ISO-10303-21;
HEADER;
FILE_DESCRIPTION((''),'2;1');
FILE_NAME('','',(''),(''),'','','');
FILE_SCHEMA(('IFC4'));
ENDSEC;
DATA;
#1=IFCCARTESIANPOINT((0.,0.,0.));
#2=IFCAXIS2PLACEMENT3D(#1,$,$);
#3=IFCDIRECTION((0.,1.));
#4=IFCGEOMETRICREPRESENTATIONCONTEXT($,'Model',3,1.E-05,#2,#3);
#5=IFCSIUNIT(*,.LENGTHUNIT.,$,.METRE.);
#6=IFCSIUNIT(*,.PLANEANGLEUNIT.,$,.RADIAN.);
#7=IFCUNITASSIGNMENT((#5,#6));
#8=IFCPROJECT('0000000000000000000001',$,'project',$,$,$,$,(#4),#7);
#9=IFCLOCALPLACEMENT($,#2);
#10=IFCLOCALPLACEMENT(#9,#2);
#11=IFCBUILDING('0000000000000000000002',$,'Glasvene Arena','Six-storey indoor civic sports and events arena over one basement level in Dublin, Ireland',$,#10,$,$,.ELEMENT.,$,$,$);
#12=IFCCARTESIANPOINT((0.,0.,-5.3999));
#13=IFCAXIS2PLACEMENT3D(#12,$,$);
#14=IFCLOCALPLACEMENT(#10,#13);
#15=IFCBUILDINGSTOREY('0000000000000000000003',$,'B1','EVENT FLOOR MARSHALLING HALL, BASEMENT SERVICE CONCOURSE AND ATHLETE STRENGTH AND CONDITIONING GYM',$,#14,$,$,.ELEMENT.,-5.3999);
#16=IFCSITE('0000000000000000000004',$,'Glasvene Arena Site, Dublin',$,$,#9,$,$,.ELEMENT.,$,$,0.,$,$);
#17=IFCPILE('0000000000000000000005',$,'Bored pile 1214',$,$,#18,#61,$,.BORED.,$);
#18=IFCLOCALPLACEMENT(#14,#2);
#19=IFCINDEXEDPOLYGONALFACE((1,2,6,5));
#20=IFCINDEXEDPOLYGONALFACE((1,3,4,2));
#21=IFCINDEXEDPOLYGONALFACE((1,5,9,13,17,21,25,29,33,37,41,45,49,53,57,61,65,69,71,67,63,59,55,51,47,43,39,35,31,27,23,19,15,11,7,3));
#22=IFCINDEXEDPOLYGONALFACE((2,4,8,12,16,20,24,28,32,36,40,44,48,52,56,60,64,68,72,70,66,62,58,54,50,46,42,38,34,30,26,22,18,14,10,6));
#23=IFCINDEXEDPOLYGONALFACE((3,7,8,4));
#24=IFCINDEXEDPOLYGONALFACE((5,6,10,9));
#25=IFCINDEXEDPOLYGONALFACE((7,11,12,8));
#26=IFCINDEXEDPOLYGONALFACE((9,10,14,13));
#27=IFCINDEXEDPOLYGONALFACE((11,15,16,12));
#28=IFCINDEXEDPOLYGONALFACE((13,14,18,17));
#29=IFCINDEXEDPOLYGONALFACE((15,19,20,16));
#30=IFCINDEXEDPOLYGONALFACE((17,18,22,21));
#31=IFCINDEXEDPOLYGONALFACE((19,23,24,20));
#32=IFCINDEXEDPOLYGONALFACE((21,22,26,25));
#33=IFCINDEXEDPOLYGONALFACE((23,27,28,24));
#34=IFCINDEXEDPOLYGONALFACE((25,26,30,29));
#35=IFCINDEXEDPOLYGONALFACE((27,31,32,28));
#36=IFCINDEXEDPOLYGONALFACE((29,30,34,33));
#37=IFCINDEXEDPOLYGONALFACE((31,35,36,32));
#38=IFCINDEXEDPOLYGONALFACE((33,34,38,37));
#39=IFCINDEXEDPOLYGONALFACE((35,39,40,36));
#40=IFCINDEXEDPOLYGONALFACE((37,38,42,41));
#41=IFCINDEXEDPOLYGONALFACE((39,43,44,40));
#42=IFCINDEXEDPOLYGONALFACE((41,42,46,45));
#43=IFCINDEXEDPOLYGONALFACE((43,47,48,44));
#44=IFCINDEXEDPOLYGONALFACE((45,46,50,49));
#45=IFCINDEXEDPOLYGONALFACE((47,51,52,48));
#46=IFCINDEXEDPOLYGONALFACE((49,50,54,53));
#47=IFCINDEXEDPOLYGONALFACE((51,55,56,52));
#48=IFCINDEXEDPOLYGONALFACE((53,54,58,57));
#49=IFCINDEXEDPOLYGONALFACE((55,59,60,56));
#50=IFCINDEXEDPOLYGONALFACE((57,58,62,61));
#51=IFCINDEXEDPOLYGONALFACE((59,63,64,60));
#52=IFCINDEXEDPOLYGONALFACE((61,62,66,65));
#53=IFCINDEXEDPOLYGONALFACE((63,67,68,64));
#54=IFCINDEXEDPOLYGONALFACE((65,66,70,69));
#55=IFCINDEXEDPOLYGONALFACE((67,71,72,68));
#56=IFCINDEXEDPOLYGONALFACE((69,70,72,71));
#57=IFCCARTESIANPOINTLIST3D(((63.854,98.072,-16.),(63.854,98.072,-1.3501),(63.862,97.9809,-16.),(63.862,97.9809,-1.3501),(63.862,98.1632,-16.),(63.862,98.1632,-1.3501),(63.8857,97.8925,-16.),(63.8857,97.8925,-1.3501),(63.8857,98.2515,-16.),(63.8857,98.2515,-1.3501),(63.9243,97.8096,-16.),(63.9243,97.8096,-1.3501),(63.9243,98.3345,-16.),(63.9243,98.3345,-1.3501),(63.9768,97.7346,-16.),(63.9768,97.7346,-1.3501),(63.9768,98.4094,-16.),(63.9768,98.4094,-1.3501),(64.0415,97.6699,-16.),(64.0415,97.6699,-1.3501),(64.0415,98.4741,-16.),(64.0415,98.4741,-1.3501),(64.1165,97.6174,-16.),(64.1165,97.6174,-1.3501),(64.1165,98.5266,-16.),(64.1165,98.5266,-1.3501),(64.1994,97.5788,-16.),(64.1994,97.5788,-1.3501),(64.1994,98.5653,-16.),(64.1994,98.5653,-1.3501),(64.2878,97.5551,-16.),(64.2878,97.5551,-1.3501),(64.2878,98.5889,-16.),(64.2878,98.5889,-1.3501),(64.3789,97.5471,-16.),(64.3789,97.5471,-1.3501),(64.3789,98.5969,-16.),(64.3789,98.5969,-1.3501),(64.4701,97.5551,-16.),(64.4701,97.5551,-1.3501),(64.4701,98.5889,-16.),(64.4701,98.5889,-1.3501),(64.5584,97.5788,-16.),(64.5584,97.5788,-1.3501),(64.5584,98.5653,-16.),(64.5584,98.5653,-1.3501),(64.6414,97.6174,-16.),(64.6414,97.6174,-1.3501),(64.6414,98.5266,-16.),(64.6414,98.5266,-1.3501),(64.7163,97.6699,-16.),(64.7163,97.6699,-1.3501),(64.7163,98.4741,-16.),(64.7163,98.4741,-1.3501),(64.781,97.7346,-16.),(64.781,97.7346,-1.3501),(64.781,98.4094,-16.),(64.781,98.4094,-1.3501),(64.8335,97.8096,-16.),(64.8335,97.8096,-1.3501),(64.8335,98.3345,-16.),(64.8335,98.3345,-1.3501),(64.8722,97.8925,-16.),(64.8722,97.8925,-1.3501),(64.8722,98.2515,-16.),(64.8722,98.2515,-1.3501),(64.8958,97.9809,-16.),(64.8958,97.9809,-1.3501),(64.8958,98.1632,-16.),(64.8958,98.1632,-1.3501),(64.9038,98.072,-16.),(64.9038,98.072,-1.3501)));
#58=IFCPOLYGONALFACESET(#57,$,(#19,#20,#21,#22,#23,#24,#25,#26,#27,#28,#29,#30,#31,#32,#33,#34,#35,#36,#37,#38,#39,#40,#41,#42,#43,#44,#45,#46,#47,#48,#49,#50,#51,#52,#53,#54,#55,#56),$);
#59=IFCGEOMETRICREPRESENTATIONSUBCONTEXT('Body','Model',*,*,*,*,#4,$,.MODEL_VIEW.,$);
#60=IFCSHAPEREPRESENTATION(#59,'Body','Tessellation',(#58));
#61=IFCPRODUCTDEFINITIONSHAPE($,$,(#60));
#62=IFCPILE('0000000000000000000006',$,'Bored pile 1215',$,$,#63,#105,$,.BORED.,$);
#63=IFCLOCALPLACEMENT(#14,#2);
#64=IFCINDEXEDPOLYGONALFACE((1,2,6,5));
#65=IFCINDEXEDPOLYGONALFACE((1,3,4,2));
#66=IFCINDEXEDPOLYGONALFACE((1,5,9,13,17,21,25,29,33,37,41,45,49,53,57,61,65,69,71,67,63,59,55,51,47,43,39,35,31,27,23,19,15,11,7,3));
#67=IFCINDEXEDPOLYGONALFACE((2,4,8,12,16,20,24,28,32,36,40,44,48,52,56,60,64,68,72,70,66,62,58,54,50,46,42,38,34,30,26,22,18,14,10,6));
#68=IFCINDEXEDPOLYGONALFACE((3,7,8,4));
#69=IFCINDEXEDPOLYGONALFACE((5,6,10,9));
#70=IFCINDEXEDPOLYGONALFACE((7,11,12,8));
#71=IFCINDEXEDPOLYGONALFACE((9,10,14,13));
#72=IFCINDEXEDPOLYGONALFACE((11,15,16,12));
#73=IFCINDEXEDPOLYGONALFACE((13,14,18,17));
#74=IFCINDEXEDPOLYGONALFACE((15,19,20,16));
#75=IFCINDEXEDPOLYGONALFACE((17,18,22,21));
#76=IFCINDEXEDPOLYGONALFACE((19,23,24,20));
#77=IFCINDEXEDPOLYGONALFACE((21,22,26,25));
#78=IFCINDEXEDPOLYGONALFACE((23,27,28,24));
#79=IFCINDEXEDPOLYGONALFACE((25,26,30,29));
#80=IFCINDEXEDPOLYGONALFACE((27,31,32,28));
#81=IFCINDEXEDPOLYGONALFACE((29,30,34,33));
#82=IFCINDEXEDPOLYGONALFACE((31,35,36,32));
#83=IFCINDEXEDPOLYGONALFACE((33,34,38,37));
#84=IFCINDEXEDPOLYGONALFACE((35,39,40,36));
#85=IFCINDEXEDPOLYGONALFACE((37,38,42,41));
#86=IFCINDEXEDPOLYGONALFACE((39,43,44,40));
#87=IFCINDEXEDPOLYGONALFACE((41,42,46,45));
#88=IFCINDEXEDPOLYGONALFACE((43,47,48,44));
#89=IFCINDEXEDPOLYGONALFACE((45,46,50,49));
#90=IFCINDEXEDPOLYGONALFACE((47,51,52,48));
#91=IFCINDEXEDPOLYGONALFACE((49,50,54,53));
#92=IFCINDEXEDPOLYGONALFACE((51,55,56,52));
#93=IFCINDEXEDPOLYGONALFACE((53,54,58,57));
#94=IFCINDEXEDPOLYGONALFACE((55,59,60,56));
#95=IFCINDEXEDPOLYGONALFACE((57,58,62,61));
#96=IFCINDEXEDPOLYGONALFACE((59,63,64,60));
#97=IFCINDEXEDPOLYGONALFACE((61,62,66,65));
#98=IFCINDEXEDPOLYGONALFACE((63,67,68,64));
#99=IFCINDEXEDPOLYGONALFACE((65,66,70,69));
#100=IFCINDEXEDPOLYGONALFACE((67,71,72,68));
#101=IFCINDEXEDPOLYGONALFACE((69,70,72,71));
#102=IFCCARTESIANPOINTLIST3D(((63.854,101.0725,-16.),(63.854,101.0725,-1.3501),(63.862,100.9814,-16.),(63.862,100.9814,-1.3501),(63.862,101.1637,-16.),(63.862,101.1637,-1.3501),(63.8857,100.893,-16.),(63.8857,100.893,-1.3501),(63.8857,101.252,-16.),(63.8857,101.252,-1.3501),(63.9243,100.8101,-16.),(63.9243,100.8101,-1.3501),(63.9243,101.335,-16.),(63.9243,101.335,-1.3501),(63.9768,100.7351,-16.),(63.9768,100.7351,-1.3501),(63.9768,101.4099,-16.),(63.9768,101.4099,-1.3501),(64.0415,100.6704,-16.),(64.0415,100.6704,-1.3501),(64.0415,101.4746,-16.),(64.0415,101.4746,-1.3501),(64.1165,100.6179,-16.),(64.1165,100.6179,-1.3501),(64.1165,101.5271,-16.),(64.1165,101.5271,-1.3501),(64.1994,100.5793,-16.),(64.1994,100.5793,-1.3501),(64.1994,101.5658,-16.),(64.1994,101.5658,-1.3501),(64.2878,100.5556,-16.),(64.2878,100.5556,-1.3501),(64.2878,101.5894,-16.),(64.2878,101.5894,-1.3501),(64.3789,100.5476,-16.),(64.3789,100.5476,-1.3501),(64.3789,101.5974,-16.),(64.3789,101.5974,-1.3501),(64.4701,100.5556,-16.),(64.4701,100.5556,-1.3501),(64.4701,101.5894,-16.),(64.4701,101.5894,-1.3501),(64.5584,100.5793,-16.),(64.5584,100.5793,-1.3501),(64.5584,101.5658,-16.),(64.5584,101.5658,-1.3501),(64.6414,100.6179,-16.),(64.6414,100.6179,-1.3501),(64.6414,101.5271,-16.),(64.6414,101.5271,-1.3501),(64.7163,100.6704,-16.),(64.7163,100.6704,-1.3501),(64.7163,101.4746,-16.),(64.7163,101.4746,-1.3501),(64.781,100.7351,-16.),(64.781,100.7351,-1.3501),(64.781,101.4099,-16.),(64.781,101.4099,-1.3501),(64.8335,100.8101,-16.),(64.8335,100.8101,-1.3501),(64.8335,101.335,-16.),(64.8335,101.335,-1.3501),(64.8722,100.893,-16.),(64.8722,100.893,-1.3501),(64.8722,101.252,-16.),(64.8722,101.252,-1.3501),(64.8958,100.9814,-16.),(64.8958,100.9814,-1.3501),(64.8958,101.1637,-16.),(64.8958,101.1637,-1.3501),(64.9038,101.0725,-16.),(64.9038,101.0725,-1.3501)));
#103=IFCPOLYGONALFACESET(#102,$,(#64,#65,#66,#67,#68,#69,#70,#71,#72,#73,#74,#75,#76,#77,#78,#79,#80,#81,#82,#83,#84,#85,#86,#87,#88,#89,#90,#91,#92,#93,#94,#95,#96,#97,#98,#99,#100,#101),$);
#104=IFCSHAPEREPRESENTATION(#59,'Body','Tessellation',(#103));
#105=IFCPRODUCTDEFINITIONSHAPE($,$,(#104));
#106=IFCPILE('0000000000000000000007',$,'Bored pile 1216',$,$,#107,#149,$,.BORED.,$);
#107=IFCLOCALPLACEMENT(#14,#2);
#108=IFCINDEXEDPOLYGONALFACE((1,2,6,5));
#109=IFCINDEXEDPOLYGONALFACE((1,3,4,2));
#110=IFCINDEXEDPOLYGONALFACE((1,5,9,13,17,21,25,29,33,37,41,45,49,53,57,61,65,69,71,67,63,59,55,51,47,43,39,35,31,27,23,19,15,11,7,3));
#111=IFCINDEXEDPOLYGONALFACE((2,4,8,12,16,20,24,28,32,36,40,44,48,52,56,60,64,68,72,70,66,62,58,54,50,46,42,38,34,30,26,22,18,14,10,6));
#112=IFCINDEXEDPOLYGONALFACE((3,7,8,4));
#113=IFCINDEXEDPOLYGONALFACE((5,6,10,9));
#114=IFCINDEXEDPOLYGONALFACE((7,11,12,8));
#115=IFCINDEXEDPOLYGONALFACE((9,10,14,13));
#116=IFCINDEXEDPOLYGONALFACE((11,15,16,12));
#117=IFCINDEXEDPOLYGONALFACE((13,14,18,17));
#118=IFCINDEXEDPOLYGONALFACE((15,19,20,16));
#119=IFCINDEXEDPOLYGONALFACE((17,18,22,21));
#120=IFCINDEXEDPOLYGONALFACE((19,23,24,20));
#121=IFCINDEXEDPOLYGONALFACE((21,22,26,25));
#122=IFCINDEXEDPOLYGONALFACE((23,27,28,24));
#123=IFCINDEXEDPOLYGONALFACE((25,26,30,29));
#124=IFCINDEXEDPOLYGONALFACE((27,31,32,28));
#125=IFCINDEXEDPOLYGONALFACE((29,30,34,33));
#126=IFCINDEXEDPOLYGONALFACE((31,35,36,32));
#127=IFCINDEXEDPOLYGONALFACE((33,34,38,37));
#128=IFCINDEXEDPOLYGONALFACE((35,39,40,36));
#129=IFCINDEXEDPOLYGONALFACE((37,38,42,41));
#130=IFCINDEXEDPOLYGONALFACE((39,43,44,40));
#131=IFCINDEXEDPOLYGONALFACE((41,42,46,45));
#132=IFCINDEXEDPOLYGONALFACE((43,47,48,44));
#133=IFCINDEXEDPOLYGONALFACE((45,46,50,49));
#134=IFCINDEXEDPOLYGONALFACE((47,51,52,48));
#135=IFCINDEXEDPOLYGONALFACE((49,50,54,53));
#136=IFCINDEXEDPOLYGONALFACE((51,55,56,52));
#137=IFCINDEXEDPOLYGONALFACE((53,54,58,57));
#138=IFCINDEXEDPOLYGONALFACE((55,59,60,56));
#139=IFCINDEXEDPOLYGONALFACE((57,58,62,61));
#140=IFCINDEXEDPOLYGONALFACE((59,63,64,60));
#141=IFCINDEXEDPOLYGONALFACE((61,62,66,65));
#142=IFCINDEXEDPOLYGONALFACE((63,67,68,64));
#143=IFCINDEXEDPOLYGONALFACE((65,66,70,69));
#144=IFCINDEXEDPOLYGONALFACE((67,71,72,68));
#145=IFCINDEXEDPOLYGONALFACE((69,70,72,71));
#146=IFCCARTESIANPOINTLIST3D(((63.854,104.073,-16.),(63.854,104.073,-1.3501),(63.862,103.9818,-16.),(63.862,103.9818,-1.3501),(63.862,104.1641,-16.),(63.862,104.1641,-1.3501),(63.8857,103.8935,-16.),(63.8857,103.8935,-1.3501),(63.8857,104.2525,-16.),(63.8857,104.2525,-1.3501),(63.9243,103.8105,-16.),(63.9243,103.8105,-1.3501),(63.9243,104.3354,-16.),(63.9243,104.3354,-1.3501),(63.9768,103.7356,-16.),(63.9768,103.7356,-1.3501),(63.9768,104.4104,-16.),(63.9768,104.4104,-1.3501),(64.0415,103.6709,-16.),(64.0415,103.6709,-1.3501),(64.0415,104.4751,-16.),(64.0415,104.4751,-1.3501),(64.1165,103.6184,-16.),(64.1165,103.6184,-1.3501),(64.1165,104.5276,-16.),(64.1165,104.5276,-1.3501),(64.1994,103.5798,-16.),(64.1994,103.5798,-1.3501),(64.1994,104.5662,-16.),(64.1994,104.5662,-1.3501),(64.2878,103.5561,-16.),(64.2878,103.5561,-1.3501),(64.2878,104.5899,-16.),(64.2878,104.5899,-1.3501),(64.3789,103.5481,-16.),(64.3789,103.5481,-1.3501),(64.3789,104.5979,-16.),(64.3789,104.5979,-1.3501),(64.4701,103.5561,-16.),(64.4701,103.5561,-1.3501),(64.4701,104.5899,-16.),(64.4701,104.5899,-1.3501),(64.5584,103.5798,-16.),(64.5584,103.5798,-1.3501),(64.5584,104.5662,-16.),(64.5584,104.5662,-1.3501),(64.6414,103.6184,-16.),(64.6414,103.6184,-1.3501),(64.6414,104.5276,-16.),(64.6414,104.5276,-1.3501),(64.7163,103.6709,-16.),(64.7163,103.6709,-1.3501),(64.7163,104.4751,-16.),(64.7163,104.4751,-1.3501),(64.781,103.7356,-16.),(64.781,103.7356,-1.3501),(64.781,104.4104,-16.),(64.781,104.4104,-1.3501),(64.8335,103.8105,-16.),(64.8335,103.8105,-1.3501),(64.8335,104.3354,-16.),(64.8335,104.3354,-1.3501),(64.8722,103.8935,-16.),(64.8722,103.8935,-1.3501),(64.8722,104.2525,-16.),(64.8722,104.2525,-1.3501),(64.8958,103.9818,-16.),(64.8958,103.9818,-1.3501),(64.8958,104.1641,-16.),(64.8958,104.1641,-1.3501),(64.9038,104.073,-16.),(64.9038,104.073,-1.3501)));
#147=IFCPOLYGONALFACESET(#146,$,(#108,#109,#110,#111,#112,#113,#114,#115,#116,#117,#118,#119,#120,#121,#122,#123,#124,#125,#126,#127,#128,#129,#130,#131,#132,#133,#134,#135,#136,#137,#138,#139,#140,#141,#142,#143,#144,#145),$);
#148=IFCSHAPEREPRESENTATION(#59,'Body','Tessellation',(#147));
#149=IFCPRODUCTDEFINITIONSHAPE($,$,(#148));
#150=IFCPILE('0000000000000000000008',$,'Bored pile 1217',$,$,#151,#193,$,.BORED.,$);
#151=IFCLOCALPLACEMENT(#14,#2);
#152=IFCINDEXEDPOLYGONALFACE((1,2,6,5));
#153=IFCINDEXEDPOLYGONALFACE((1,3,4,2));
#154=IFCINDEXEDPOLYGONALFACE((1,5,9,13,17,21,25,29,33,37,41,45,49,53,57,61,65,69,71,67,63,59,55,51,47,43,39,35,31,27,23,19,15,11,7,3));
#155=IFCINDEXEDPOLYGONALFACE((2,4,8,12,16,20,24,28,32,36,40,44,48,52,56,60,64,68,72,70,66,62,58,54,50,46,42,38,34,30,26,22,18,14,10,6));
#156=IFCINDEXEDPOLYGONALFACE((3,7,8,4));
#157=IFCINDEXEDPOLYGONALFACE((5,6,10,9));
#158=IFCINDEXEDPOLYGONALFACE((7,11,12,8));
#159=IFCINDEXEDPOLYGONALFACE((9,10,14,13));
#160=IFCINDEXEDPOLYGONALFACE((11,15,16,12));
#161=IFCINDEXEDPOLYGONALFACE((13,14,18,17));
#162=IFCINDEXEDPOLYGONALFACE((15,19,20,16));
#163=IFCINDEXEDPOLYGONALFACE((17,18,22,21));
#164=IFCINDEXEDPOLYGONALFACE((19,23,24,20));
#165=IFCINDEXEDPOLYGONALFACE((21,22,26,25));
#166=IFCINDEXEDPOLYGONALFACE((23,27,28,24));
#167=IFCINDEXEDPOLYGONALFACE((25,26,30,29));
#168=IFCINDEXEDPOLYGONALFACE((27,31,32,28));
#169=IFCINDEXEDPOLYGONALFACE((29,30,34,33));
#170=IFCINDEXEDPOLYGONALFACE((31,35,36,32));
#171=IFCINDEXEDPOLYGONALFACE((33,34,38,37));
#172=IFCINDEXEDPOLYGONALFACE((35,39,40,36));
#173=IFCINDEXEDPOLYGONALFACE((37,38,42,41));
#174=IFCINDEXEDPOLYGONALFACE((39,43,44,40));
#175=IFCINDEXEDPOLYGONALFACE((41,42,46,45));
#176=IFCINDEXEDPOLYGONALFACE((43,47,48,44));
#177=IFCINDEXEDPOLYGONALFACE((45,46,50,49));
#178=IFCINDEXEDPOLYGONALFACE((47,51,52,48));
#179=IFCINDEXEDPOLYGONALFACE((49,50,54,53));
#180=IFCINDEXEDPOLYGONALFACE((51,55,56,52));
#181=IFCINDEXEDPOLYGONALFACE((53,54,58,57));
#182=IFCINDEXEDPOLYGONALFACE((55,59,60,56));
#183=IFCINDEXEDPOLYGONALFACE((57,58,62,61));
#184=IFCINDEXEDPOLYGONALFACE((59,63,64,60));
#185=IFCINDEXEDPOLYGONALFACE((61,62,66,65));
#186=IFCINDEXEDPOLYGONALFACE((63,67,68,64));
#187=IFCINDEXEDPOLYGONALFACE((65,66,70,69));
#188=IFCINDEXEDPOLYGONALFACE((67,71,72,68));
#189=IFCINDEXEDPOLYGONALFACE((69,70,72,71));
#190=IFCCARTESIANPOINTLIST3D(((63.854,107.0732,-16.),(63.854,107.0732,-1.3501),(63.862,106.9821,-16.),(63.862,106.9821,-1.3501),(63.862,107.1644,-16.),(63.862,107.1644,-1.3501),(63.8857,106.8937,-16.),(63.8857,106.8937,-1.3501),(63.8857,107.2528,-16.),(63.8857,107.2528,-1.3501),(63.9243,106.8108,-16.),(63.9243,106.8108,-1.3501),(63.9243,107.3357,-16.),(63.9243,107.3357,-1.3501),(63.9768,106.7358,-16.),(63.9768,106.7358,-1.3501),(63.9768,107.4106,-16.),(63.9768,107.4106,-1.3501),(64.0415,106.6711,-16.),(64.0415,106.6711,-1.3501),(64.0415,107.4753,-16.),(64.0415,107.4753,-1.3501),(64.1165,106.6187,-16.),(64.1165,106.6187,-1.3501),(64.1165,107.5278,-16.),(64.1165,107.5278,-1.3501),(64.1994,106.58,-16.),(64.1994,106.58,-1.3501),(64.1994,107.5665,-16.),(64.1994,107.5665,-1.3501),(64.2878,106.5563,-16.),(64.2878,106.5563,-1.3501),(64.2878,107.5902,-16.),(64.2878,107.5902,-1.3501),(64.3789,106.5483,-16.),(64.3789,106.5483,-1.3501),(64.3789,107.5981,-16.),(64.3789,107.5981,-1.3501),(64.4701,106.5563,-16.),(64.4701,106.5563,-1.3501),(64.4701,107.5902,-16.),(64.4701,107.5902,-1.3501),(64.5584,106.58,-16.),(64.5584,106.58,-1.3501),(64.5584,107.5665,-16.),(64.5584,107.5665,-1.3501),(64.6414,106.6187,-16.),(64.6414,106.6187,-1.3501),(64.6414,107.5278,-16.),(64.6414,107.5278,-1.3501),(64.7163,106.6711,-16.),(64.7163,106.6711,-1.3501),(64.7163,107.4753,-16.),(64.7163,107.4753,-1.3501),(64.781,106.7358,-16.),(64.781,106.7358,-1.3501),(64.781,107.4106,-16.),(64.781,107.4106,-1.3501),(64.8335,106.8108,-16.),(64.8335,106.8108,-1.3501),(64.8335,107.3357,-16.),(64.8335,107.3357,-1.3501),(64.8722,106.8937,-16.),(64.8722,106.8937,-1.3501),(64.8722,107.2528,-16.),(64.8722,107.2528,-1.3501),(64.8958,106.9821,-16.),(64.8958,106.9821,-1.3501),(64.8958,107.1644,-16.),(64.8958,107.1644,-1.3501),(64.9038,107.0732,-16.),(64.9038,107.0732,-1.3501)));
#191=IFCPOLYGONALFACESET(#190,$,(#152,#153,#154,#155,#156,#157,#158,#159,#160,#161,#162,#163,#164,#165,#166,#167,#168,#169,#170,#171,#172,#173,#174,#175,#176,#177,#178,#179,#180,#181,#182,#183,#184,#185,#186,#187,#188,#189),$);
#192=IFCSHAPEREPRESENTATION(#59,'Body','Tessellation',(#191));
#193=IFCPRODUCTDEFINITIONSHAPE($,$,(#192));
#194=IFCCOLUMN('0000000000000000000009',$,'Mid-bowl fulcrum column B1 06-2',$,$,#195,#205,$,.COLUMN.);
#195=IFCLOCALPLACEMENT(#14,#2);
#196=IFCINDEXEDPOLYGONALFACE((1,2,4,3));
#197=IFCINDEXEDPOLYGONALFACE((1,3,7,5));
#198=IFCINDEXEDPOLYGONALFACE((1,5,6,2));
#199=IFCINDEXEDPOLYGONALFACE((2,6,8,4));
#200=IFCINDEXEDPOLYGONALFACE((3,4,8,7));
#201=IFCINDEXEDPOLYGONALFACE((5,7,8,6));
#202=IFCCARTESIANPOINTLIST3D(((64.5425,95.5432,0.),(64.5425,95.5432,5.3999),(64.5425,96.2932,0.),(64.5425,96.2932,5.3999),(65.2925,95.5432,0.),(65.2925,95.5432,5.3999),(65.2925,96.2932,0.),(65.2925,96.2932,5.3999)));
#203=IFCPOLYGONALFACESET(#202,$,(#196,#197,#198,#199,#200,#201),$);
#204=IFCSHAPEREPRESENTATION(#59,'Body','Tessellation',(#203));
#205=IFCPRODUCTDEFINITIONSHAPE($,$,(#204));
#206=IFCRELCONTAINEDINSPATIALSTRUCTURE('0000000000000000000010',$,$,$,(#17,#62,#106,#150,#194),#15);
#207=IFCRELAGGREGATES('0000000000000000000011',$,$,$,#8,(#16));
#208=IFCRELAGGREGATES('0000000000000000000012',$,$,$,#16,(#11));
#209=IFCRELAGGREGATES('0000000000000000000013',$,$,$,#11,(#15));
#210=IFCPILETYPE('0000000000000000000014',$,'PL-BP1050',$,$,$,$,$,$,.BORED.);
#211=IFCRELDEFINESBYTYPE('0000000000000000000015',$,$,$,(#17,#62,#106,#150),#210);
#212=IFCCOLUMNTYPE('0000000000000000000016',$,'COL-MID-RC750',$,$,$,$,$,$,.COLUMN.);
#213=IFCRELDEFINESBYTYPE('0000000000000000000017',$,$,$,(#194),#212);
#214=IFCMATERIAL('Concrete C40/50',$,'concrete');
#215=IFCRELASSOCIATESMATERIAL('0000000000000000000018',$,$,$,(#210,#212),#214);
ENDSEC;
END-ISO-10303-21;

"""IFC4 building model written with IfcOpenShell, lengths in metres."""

from ifc_helpers import new_model, si_unit, direction, frame, origin, origin_2d, place, context, subcontext, project, spatial, rectangle, circle, extrude, material, material_profile, profile_set, type_object, element, save


model = new_model("IFC4")

# Units and contexts
model_context = context("Model", 3, precision=1e-05, world=origin(), true_north=direction((0.0, 1.0)))
body_context = subcontext(model_context, "Body", "Model", "MODEL_VIEW")
ifc_project = project(units=[si_unit("LENGTHUNIT", "METRE"), si_unit("PLANEANGLEUNIT", "RADIAN")], contexts=[model_context])

# Site, building, storey
site_placement = place(None, origin())
site = spatial("IfcSite", under=ifc_project, at=site_placement, Name="Glasvene Arena Site, Dublin", CompositionType="ELEMENT", RefElevation=0.0)
building_placement = place(site_placement, origin())
building = spatial("IfcBuilding", under=site, at=building_placement, Name="Glasvene Arena", Description="Six-storey indoor civic sports and events arena over one basement level in Dublin, Ireland", CompositionType="ELEMENT")
storey_placement = place(building_placement, frame((0.0, 0.0, -5.3999)))
storey = spatial("IfcBuildingStorey", under=building, at=storey_placement, Name="B1", Description="EVENT FLOOR MARSHALLING HALL, BASEMENT SERVICE CONCOURSE AND ATHLETE STRENGTH AND CONDITIONING GYM", CompositionType="ELEMENT", Elevation=-5.3999)

# Shared definitions
ifc_material_1 = material(Name="Concrete C40/50", Category="concrete")

# Piles
ifc_material_profile_1 = material_profile(ifc_material_1, circle(Radius=0.5249, at=origin_2d()), Name="BORED PILE 1050")
ifc_profile_set_1 = profile_set([ifc_material_profile_1], Name="Concrete C40/50")
pile_type = type_object("IfcPileType", Name="PL-BP1050", PredefinedType="BORED", material=ifc_profile_set_1)
for number, where, z_axis, x_axis, name in (
    (1, (64.3789, 98.072, -1.3501), (0.0, 0.0, -1.0), (1.0, 0.0, 0.0), "Bored pile 1214"),
    (2, (64.3789, 101.0725, -1.3501), (0.0, 0.0, -1.0), (1.0, 0.0, 0.0), "Bored pile 1215"),
    (3, (64.3789, 104.073, -1.3501), (0.0, 0.0, -1.0), (1.0, 0.0, 0.0), "Bored pile 1216"),
    (4, (64.3789, 107.0732, -1.3501), (0.0, 0.0, -1.0), (1.0, 0.0, 0.0), "Bored pile 1217"),
):
    element("IfcPile", number, at=place(storey_placement, frame(where, z_axis=z_axis, x_axis=x_axis)), inside=storey, type_object=pile_type, Name=name, PredefinedType="BORED", context=body_context, shape_type="SweptSolid", body=[
        extrude(circle(Radius=0.5249, at=origin_2d()), origin(), (0.0, 0.0, 1.0), 14.6499),
    ])

# Column
ifc_material_profile_2 = material_profile(ifc_material_1, rectangle(XDim=0.75, YDim=0.75, at=origin_2d()), Name="RC 750x750")
ifc_profile_set_2 = profile_set([ifc_material_profile_2], Name="Concrete C40/50")
column_type_1 = type_object("IfcColumnType", Name="COL-MID-RC750", PredefinedType="COLUMN", material=ifc_profile_set_2)
for number, where, z_axis, x_axis, name in (
    (5, (64.9175, 95.9182, 0.0), (0.0, 0.0, 1.0), (1.0, 0.0, 0.0), "Mid-bowl fulcrum column B1 06-2"),
):
    element("IfcColumn", number, at=place(storey_placement, frame(where, z_axis=z_axis, x_axis=x_axis)), inside=storey, type_object=column_type_1, Name=name, PredefinedType="COLUMN", context=body_context, shape_type="SweptSolid", body=[
        extrude(rectangle(XDim=0.75, YDim=0.75, at=origin_2d()), origin(), (0.0, 0.0, 1.0), 5.3999),
    ])

save(model, "model.ifc")
